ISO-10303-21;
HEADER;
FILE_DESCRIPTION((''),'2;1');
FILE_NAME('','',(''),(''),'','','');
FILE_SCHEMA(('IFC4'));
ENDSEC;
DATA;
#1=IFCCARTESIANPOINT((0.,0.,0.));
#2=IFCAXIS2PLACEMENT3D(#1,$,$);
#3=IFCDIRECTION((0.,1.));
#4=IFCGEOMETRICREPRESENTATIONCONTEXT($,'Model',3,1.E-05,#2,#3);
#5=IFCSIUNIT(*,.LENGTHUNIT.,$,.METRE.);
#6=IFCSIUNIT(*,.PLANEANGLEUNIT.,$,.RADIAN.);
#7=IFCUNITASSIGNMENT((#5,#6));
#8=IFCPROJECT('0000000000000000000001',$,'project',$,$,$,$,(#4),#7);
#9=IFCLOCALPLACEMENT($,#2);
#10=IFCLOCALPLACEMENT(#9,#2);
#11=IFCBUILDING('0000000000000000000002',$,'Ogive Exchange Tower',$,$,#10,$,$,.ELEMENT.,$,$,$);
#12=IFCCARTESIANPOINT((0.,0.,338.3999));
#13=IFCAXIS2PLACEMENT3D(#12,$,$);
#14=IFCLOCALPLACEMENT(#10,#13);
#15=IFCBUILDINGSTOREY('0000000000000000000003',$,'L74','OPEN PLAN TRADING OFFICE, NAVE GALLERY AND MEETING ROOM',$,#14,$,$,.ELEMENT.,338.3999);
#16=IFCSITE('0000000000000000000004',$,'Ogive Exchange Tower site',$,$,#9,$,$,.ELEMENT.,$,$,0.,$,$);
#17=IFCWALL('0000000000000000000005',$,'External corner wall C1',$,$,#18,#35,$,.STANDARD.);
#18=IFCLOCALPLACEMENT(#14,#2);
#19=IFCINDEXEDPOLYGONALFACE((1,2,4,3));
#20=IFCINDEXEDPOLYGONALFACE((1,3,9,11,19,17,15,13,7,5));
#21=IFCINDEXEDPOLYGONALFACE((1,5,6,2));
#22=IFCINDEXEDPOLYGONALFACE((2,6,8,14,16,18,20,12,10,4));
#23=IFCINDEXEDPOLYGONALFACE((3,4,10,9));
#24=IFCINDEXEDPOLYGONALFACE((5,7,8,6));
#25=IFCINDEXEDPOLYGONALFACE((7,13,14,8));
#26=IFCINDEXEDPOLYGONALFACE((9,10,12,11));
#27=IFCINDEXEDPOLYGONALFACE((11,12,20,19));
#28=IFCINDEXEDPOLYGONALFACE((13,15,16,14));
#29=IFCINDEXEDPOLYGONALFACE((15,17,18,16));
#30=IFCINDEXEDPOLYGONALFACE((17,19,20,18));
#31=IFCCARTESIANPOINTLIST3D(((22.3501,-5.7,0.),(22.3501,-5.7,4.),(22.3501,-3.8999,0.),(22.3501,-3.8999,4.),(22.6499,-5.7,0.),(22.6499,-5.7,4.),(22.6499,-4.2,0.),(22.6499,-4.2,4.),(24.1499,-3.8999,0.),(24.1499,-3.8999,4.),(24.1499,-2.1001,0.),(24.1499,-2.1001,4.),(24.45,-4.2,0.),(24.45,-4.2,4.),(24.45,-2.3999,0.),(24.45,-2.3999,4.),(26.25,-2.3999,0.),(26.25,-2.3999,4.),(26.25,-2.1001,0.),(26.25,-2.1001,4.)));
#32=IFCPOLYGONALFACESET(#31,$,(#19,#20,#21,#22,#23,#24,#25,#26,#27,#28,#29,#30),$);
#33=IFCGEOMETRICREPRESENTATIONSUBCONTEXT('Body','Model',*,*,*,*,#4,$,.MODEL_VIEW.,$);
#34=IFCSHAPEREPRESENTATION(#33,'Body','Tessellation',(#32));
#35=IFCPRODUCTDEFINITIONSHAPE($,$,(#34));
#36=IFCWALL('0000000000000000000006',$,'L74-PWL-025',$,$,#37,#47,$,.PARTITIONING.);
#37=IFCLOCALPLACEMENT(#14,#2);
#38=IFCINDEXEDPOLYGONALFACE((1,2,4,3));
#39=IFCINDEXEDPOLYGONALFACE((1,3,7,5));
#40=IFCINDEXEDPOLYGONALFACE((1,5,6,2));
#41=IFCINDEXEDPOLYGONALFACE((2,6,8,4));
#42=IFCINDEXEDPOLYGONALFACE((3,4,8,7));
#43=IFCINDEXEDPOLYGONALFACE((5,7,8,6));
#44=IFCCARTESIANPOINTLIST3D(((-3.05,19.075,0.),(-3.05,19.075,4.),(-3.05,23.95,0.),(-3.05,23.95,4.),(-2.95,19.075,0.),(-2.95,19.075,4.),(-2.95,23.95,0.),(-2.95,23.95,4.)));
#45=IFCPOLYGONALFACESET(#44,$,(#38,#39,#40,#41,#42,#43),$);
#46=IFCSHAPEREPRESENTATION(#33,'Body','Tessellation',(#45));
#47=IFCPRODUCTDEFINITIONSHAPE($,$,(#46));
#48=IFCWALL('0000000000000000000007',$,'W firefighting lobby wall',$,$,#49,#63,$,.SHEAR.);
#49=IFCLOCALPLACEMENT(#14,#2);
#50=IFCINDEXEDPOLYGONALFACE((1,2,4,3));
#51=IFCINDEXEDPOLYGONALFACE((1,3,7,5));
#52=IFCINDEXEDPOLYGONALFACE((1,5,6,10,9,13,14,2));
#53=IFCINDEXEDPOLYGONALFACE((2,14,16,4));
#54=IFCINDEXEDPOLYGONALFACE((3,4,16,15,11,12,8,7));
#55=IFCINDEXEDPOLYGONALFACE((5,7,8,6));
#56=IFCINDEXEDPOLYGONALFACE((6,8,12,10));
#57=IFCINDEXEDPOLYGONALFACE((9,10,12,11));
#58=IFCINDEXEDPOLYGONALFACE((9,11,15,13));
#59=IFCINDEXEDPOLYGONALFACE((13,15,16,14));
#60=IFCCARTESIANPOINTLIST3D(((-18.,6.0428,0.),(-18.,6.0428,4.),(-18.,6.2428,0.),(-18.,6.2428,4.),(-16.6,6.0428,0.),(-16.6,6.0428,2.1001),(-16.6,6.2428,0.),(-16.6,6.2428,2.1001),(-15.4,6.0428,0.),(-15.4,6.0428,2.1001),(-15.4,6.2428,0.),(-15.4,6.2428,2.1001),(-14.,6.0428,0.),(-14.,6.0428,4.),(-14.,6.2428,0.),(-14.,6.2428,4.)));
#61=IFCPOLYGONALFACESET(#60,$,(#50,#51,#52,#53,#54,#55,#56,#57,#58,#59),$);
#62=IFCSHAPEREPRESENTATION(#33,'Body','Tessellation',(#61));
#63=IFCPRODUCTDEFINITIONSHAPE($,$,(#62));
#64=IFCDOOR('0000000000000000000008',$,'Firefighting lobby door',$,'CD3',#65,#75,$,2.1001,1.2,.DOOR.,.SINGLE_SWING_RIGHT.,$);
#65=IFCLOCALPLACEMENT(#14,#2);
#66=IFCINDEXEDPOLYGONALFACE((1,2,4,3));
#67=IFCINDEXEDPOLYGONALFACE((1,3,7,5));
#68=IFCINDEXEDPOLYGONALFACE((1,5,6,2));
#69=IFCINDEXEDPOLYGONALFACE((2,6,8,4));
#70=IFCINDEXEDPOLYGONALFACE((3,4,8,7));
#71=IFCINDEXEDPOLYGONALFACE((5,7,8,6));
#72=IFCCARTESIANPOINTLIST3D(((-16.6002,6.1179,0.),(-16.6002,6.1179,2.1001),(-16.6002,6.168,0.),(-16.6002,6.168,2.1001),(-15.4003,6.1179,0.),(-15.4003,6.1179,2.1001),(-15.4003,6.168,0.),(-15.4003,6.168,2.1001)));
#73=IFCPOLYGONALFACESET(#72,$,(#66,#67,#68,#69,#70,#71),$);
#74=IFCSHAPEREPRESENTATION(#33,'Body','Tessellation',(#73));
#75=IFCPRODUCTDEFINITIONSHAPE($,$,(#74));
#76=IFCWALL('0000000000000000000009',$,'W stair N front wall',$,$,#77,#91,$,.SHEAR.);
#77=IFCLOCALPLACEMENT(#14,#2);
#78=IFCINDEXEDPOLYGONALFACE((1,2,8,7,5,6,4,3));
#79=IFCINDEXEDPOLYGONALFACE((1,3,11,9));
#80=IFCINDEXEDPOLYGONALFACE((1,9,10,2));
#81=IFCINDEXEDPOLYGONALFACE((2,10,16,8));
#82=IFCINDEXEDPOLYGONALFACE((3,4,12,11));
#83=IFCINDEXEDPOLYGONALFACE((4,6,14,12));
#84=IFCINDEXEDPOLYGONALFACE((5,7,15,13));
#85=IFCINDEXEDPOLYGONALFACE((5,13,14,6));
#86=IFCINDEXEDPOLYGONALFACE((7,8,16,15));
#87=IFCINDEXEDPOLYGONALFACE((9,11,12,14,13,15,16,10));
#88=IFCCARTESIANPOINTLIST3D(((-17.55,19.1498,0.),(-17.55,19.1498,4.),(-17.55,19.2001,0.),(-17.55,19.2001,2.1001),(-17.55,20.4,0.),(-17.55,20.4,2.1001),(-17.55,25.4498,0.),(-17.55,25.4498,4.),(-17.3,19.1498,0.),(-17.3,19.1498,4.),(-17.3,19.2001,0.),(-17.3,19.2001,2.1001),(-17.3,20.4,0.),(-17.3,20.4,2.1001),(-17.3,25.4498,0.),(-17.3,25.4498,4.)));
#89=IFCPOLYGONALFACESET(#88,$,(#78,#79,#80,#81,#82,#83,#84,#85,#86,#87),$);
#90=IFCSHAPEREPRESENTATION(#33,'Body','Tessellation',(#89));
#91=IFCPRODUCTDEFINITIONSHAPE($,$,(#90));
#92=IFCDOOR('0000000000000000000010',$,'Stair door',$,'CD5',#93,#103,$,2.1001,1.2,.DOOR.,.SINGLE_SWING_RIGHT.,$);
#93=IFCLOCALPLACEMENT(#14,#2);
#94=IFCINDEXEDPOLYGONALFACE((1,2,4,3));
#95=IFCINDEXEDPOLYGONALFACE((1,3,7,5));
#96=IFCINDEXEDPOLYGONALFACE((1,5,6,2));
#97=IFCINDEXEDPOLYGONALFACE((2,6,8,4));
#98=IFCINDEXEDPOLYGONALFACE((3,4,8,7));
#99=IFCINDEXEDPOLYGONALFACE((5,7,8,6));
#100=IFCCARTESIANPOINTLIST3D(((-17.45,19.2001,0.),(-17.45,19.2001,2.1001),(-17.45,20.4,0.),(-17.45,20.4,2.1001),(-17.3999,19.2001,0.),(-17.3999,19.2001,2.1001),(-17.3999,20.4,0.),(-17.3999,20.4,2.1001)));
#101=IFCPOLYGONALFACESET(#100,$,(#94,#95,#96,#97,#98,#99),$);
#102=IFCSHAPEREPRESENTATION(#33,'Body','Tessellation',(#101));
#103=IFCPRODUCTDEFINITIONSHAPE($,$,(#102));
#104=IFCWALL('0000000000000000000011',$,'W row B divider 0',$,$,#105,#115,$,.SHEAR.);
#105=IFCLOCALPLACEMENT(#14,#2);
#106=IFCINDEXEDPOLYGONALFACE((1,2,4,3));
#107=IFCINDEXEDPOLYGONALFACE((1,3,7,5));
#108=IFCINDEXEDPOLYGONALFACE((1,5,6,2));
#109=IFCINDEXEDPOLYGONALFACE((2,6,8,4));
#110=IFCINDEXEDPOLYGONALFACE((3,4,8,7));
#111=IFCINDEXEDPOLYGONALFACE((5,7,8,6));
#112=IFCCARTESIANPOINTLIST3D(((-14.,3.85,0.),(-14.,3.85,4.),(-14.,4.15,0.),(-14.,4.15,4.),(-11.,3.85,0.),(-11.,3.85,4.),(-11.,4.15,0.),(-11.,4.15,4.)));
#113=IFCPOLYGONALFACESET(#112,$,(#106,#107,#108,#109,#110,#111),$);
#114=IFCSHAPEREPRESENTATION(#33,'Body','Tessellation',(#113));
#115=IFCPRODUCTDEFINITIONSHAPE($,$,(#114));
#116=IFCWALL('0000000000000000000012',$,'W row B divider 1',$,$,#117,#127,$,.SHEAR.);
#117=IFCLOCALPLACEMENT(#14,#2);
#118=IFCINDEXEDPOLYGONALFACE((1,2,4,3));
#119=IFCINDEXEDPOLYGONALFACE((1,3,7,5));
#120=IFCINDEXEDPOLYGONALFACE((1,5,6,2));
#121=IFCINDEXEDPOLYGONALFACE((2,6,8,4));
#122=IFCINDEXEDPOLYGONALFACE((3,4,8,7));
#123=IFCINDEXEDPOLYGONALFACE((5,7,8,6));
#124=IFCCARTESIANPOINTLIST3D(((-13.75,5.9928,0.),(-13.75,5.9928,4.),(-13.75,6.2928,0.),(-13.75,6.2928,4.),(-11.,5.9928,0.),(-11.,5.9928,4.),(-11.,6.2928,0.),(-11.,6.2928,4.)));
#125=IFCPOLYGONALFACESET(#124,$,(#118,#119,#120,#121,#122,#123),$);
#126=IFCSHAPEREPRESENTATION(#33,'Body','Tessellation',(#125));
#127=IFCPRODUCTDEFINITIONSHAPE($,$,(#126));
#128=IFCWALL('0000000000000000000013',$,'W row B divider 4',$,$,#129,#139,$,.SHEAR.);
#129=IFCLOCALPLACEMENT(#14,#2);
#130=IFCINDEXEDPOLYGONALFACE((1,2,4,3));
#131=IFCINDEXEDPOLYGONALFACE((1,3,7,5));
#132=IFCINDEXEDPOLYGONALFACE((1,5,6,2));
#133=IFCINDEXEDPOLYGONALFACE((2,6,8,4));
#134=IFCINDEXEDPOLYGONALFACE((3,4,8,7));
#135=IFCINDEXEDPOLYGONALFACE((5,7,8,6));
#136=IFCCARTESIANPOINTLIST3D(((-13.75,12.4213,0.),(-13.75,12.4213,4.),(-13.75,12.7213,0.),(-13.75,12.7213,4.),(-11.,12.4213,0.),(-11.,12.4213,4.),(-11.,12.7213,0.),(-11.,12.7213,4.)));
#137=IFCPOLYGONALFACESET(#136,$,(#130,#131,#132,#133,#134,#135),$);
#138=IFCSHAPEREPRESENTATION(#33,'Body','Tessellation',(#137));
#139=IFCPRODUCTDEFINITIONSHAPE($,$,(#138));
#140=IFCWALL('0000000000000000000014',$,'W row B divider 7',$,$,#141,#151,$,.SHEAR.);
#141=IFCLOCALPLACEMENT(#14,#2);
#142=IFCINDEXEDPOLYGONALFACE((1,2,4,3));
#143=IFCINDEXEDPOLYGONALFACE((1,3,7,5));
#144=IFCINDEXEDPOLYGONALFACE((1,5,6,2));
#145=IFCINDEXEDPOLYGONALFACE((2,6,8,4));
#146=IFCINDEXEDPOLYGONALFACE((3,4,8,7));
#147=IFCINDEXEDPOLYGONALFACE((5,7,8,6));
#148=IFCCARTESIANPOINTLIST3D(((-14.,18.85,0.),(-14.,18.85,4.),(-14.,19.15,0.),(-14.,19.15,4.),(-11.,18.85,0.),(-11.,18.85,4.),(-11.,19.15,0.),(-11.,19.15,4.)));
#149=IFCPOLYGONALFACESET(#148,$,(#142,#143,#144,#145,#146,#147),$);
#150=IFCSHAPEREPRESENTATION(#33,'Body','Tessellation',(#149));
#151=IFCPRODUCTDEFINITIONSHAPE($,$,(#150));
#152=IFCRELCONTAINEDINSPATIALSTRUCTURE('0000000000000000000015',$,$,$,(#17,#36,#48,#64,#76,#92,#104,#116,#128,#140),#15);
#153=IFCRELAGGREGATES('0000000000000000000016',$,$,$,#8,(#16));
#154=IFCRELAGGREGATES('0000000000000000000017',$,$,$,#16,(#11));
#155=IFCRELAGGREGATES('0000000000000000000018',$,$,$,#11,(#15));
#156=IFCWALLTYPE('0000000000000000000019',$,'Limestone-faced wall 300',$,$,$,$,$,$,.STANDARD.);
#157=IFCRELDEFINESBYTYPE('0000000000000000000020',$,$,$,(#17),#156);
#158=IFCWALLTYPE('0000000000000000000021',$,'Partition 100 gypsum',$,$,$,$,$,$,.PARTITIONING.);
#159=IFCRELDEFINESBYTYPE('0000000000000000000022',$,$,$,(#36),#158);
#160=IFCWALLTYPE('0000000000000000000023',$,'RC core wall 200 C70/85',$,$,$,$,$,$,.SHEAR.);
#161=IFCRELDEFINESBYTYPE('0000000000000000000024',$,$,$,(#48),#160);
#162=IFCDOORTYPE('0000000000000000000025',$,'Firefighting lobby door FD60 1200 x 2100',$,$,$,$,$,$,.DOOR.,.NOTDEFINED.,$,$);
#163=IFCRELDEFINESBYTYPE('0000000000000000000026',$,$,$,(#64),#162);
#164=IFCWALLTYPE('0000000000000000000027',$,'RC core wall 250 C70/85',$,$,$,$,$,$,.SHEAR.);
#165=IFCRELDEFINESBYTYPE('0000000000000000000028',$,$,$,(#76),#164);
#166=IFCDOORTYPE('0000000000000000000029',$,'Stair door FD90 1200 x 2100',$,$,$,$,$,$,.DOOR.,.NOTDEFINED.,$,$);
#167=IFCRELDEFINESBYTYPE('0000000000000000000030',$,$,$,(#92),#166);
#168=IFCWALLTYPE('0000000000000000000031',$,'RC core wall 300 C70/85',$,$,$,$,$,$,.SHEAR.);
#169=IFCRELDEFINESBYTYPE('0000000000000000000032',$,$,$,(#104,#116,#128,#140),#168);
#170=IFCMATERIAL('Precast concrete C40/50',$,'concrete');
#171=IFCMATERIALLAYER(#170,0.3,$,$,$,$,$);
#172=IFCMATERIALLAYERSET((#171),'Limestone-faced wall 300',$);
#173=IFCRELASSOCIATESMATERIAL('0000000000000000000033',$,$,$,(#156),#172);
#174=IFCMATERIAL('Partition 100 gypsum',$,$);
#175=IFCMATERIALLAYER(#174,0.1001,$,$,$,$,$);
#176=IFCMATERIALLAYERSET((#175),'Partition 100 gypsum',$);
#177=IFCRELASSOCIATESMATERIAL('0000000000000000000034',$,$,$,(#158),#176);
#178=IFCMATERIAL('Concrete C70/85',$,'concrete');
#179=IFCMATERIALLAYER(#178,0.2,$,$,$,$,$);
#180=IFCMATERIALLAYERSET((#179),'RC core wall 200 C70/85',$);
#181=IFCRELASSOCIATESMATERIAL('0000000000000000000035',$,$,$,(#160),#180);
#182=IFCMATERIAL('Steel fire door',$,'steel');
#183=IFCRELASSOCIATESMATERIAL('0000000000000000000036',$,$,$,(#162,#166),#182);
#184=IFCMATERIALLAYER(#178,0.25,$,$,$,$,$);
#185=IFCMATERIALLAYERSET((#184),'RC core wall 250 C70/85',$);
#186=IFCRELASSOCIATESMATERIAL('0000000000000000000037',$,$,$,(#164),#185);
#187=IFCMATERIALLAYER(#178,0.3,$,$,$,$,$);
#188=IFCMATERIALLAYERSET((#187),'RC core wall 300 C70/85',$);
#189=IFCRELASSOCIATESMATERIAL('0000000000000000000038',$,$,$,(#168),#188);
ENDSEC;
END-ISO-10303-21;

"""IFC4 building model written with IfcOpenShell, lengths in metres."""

from ifc_helpers import new_model, si_unit, direction, frame, frame_2d, origin, place, context, subcontext, project, spatial, polyline, rectangle, outline, extrude, material, layer, layer_set, type_object, element, fill, save


model = new_model("IFC4")

# Units and contexts
model_context = context("Model", 3, precision=1e-05, world=origin(), true_north=direction((0.0, 1.0)))
body_context = subcontext(model_context, "Body", "Model", "MODEL_VIEW")
ifc_project = project(units=[si_unit("LENGTHUNIT", "METRE"), si_unit("PLANEANGLEUNIT", "RADIAN")], contexts=[model_context])

# Site, building, storey
site_placement = place(None, origin())
site = spatial("IfcSite", under=ifc_project, at=site_placement, Name="Ogive Exchange Tower site", CompositionType="ELEMENT", RefElevation=0.0)
building_placement = place(site_placement, origin())
building = spatial("IfcBuilding", under=site, at=building_placement, Name="Ogive Exchange Tower", CompositionType="ELEMENT")
storey_placement = place(building_placement, frame((0.0, 0.0, 338.3999)))
storey = spatial("IfcBuildingStorey", under=building, at=storey_placement, Name="L74", Description="OPEN PLAN TRADING OFFICE, NAVE GALLERY AND MEETING ROOM", CompositionType="ELEMENT", Elevation=338.3999)

# Walls
ifc_material_1 = material(Name="Precast concrete C40/50", Category="concrete")
ifc_layer_1 = layer(ifc_material_1, 0.3)
ifc_layer_set_1 = layer_set([ifc_layer_1], Name="Limestone-faced wall 300")
wall_type_1 = type_object("IfcWallType", Name="Limestone-faced wall 300", PredefinedType="STANDARD", material=ifc_layer_set_1)
wall_1_placement = place(storey_placement, origin())
element("IfcWall", 1, at=wall_1_placement, inside=storey, type_object=wall_type_1, Name="External corner wall C1", PredefinedType="STANDARD", context=body_context, shape_type="SweptSolid", body=[
    extrude(outline(polyline([(24.1499, -3.8999), (24.1499, -2.1001), (26.25, -2.1001), (26.25, -2.3999), (24.45, -2.3999), (24.45, -4.2), (22.6499, -4.2), (22.6499, -5.7), (22.3501, -5.7), (22.3501, -3.8999), (24.1499, -3.8999)])), origin(), (0.0, 0.0, 1.0), 4.0),
])
ifc_material_2 = material(Name="Partition 100 gypsum")
ifc_layer_2 = layer(ifc_material_2, 0.1001)
ifc_layer_set_2 = layer_set([ifc_layer_2], Name="Partition 100 gypsum")
wall_type_2 = type_object("IfcWallType", Name="Partition 100 gypsum", PredefinedType="PARTITIONING", material=ifc_layer_set_2)
wall_2_placement = place(storey_placement, frame((-3.0, 19.075, 0.0), z_axis=(0.0, 0.0, 1.0), x_axis=(0.0, 1.0, 0.0)))
element("IfcWall", 2, at=wall_2_placement, inside=storey, type_object=wall_type_2, Name="L74-PWL-025", PredefinedType="PARTITIONING", context=body_context, shape_type="SweptSolid", body=[
    extrude(rectangle(XDim=4.875, YDim=0.1001, at=frame_2d((2.4375, 0.0))), origin(), (0.0, 0.0, 1.0), 4.0),
])

# Walls, openings, doors
ifc_material_3 = material(Name="Concrete C70/85", Category="concrete")
ifc_layer_3 = layer(ifc_material_3, 0.2)
ifc_layer_set_3 = layer_set([ifc_layer_3], Name="RC core wall 200 C70/85")
wall_type_3 = type_object("IfcWallType", Name="RC core wall 200 C70/85", PredefinedType="SHEAR", material=ifc_layer_set_3)
wall_3_placement = place(storey_placement, frame((-18.0, 6.1428, 0.0), z_axis=(0.0, 0.0, 1.0), x_axis=(1.0, 0.0, 0.0)))
wall_3 = element("IfcWall", 3, at=wall_3_placement, inside=storey, type_object=wall_type_3, Name="W firefighting lobby wall", PredefinedType="SHEAR", context=body_context, shape_type="SweptSolid", body=[
    extrude(rectangle(XDim=4.0, YDim=0.2, at=frame_2d((2.0, 0.0))), origin(), (0.0, 0.0, 1.0), 4.0),
])
opening_1_placement = place(wall_3_placement, frame((1.3999, 0.0, 0.0)))
opening_1 = element("IfcOpeningElement", 4, at=opening_1_placement, cuts=wall_3, PredefinedType="OPENING", context=body_context, shape_type="SweptSolid", body=[
    extrude(rectangle(XDim=1.2, YDim=2.1001, at=frame_2d((0.6001, 1.05))), frame((0.0, 0.1099, 0.0), z_axis=(0.0, -1.0, 0.0), x_axis=(1.0, 0.0, 0.0)), (0.0, 0.0, 1.0), 0.22),
])
ifc_material_4 = material(Name="Steel fire door", Category="steel")
door_type_1 = type_object("IfcDoorType", Name="Firefighting lobby door FD60 1200 x 2100", OperationType="NOTDEFINED", PredefinedType="DOOR", material=ifc_material_4)
door_1_placement = place(opening_1_placement, frame((1.2, 0.0, 0.0), z_axis=(0.0, 0.0, 1.0), x_axis=(-1.0, 0.0, 0.0)))
door_1 = element("IfcDoor", 5, at=door_1_placement, inside=storey, type_object=door_type_1, Name="Firefighting lobby door", ObjectType="CD3", OperationType="SINGLE_SWING_RIGHT", OverallHeight=2.1001, OverallWidth=1.2, PredefinedType="DOOR", context=body_context, shape_type="SweptSolid", body=[
    extrude(rectangle(XDim=1.2, YDim=2.1001, at=frame_2d((0.6001, 1.05))), frame((0.0, 0.0249, 0.0), z_axis=(0.0, -1.0, 0.0), x_axis=(1.0, 0.0, 0.0)), (0.0, 0.0, 1.0), 0.05),
])
fill(opening_1, door_1)
ifc_layer_4 = layer(ifc_material_3, 0.25)
ifc_layer_set_4 = layer_set([ifc_layer_4], Name="RC core wall 250 C70/85")
wall_type_4 = type_object("IfcWallType", Name="RC core wall 250 C70/85", PredefinedType="SHEAR", material=ifc_layer_set_4)
wall_4_placement = place(storey_placement, frame((-17.425, 19.1499, 0.0), z_axis=(0.0, 0.0, 1.0), x_axis=(0.0, 1.0, 0.0)))
wall_4 = element("IfcWall", 6, at=wall_4_placement, inside=storey, type_object=wall_type_4, Name="W stair N front wall", PredefinedType="SHEAR", context=body_context, shape_type="SweptSolid", body=[
    extrude(rectangle(XDim=6.3, YDim=0.25, at=frame_2d((3.1499, 0.0))), origin(), (0.0, 0.0, 1.0), 4.0),
])
opening_2_placement = place(wall_4_placement, frame((0.05, 0.0, 0.0)))
opening_2 = element("IfcOpeningElement", 7, at=opening_2_placement, cuts=wall_4, PredefinedType="OPENING", context=body_context, shape_type="SweptSolid", body=[
    extrude(rectangle(XDim=1.2, YDim=2.1001, at=frame_2d((0.6001, 1.05))), frame((0.0, 0.135, 0.0), z_axis=(0.0, -1.0, 0.0), x_axis=(1.0, 0.0, 0.0)), (0.0, 0.0, 1.0), 0.27),
])
door_type_2 = type_object("IfcDoorType", Name="Stair door FD90 1200 x 2100", OperationType="NOTDEFINED", PredefinedType="DOOR", material=ifc_material_4)
door_2_placement = place(opening_2_placement, origin())
door_2 = element("IfcDoor", 8, at=door_2_placement, inside=storey, type_object=door_type_2, Name="Stair door", ObjectType="CD5", OperationType="SINGLE_SWING_RIGHT", OverallHeight=2.1001, OverallWidth=1.2, PredefinedType="DOOR", context=body_context, shape_type="SweptSolid", body=[
    extrude(rectangle(XDim=1.2, YDim=2.1001, at=frame_2d((0.6001, 1.05))), frame((0.0, 0.0249, 0.0), z_axis=(0.0, -1.0, 0.0), x_axis=(1.0, 0.0, 0.0)), (0.0, 0.0, 1.0), 0.05),
])
fill(opening_2, door_2)

# Walls
ifc_layer_5 = layer(ifc_material_3, 0.3)
ifc_layer_set_5 = layer_set([ifc_layer_5], Name="RC core wall 300 C70/85")
wall_type_5 = type_object("IfcWallType", Name="RC core wall 300 C70/85", PredefinedType="SHEAR", material=ifc_layer_set_5)
wall_5_placement = place(storey_placement, frame((-14.0, 4.0, 0.0), z_axis=(0.0, 0.0, 1.0), x_axis=(1.0, 0.0, 0.0)))
element("IfcWall", 9, at=wall_5_placement, inside=storey, type_object=wall_type_5, Name="W row B divider 0", PredefinedType="SHEAR", context=body_context, shape_type="SweptSolid", body=[
    extrude(rectangle(XDim=3.0, YDim=0.3, at=frame_2d((1.5, 0.0))), origin(), (0.0, 0.0, 1.0), 4.0),
])
for number, where, z_axis, x_axis, name in (
    (10, (-13.75, 6.1428, 0.0), (0.0, 0.0, 1.0), (1.0, 0.0, 0.0), "W row B divider 1"),
    (11, (-13.75, 12.5713, 0.0), (0.0, 0.0, 1.0), (1.0, 0.0, 0.0), "W row B divider 4"),
):
    element("IfcWall", number, at=place(storey_placement, frame(where, z_axis=z_axis, x_axis=x_axis)), inside=storey, type_object=wall_type_5, Name=name, PredefinedType="SHEAR", context=body_context, shape_type="SweptSolid", body=[
        extrude(rectangle(XDim=2.75, YDim=0.3, at=frame_2d((1.375, 0.0))), origin(), (0.0, 0.0, 1.0), 4.0),
    ])
wall_6_placement = place(storey_placement, frame((-14.0, 19.0, 0.0), z_axis=(0.0, 0.0, 1.0), x_axis=(1.0, 0.0, 0.0)))
element("IfcWall", 12, at=wall_6_placement, inside=storey, type_object=wall_type_5, Name="W row B divider 7", PredefinedType="SHEAR", context=body_context, shape_type="SweptSolid", body=[
    extrude(rectangle(XDim=3.0, YDim=0.3, at=frame_2d((1.5, 0.0))), origin(), (0.0, 0.0, 1.0), 4.0),
])

save(model, "model.ifc")
